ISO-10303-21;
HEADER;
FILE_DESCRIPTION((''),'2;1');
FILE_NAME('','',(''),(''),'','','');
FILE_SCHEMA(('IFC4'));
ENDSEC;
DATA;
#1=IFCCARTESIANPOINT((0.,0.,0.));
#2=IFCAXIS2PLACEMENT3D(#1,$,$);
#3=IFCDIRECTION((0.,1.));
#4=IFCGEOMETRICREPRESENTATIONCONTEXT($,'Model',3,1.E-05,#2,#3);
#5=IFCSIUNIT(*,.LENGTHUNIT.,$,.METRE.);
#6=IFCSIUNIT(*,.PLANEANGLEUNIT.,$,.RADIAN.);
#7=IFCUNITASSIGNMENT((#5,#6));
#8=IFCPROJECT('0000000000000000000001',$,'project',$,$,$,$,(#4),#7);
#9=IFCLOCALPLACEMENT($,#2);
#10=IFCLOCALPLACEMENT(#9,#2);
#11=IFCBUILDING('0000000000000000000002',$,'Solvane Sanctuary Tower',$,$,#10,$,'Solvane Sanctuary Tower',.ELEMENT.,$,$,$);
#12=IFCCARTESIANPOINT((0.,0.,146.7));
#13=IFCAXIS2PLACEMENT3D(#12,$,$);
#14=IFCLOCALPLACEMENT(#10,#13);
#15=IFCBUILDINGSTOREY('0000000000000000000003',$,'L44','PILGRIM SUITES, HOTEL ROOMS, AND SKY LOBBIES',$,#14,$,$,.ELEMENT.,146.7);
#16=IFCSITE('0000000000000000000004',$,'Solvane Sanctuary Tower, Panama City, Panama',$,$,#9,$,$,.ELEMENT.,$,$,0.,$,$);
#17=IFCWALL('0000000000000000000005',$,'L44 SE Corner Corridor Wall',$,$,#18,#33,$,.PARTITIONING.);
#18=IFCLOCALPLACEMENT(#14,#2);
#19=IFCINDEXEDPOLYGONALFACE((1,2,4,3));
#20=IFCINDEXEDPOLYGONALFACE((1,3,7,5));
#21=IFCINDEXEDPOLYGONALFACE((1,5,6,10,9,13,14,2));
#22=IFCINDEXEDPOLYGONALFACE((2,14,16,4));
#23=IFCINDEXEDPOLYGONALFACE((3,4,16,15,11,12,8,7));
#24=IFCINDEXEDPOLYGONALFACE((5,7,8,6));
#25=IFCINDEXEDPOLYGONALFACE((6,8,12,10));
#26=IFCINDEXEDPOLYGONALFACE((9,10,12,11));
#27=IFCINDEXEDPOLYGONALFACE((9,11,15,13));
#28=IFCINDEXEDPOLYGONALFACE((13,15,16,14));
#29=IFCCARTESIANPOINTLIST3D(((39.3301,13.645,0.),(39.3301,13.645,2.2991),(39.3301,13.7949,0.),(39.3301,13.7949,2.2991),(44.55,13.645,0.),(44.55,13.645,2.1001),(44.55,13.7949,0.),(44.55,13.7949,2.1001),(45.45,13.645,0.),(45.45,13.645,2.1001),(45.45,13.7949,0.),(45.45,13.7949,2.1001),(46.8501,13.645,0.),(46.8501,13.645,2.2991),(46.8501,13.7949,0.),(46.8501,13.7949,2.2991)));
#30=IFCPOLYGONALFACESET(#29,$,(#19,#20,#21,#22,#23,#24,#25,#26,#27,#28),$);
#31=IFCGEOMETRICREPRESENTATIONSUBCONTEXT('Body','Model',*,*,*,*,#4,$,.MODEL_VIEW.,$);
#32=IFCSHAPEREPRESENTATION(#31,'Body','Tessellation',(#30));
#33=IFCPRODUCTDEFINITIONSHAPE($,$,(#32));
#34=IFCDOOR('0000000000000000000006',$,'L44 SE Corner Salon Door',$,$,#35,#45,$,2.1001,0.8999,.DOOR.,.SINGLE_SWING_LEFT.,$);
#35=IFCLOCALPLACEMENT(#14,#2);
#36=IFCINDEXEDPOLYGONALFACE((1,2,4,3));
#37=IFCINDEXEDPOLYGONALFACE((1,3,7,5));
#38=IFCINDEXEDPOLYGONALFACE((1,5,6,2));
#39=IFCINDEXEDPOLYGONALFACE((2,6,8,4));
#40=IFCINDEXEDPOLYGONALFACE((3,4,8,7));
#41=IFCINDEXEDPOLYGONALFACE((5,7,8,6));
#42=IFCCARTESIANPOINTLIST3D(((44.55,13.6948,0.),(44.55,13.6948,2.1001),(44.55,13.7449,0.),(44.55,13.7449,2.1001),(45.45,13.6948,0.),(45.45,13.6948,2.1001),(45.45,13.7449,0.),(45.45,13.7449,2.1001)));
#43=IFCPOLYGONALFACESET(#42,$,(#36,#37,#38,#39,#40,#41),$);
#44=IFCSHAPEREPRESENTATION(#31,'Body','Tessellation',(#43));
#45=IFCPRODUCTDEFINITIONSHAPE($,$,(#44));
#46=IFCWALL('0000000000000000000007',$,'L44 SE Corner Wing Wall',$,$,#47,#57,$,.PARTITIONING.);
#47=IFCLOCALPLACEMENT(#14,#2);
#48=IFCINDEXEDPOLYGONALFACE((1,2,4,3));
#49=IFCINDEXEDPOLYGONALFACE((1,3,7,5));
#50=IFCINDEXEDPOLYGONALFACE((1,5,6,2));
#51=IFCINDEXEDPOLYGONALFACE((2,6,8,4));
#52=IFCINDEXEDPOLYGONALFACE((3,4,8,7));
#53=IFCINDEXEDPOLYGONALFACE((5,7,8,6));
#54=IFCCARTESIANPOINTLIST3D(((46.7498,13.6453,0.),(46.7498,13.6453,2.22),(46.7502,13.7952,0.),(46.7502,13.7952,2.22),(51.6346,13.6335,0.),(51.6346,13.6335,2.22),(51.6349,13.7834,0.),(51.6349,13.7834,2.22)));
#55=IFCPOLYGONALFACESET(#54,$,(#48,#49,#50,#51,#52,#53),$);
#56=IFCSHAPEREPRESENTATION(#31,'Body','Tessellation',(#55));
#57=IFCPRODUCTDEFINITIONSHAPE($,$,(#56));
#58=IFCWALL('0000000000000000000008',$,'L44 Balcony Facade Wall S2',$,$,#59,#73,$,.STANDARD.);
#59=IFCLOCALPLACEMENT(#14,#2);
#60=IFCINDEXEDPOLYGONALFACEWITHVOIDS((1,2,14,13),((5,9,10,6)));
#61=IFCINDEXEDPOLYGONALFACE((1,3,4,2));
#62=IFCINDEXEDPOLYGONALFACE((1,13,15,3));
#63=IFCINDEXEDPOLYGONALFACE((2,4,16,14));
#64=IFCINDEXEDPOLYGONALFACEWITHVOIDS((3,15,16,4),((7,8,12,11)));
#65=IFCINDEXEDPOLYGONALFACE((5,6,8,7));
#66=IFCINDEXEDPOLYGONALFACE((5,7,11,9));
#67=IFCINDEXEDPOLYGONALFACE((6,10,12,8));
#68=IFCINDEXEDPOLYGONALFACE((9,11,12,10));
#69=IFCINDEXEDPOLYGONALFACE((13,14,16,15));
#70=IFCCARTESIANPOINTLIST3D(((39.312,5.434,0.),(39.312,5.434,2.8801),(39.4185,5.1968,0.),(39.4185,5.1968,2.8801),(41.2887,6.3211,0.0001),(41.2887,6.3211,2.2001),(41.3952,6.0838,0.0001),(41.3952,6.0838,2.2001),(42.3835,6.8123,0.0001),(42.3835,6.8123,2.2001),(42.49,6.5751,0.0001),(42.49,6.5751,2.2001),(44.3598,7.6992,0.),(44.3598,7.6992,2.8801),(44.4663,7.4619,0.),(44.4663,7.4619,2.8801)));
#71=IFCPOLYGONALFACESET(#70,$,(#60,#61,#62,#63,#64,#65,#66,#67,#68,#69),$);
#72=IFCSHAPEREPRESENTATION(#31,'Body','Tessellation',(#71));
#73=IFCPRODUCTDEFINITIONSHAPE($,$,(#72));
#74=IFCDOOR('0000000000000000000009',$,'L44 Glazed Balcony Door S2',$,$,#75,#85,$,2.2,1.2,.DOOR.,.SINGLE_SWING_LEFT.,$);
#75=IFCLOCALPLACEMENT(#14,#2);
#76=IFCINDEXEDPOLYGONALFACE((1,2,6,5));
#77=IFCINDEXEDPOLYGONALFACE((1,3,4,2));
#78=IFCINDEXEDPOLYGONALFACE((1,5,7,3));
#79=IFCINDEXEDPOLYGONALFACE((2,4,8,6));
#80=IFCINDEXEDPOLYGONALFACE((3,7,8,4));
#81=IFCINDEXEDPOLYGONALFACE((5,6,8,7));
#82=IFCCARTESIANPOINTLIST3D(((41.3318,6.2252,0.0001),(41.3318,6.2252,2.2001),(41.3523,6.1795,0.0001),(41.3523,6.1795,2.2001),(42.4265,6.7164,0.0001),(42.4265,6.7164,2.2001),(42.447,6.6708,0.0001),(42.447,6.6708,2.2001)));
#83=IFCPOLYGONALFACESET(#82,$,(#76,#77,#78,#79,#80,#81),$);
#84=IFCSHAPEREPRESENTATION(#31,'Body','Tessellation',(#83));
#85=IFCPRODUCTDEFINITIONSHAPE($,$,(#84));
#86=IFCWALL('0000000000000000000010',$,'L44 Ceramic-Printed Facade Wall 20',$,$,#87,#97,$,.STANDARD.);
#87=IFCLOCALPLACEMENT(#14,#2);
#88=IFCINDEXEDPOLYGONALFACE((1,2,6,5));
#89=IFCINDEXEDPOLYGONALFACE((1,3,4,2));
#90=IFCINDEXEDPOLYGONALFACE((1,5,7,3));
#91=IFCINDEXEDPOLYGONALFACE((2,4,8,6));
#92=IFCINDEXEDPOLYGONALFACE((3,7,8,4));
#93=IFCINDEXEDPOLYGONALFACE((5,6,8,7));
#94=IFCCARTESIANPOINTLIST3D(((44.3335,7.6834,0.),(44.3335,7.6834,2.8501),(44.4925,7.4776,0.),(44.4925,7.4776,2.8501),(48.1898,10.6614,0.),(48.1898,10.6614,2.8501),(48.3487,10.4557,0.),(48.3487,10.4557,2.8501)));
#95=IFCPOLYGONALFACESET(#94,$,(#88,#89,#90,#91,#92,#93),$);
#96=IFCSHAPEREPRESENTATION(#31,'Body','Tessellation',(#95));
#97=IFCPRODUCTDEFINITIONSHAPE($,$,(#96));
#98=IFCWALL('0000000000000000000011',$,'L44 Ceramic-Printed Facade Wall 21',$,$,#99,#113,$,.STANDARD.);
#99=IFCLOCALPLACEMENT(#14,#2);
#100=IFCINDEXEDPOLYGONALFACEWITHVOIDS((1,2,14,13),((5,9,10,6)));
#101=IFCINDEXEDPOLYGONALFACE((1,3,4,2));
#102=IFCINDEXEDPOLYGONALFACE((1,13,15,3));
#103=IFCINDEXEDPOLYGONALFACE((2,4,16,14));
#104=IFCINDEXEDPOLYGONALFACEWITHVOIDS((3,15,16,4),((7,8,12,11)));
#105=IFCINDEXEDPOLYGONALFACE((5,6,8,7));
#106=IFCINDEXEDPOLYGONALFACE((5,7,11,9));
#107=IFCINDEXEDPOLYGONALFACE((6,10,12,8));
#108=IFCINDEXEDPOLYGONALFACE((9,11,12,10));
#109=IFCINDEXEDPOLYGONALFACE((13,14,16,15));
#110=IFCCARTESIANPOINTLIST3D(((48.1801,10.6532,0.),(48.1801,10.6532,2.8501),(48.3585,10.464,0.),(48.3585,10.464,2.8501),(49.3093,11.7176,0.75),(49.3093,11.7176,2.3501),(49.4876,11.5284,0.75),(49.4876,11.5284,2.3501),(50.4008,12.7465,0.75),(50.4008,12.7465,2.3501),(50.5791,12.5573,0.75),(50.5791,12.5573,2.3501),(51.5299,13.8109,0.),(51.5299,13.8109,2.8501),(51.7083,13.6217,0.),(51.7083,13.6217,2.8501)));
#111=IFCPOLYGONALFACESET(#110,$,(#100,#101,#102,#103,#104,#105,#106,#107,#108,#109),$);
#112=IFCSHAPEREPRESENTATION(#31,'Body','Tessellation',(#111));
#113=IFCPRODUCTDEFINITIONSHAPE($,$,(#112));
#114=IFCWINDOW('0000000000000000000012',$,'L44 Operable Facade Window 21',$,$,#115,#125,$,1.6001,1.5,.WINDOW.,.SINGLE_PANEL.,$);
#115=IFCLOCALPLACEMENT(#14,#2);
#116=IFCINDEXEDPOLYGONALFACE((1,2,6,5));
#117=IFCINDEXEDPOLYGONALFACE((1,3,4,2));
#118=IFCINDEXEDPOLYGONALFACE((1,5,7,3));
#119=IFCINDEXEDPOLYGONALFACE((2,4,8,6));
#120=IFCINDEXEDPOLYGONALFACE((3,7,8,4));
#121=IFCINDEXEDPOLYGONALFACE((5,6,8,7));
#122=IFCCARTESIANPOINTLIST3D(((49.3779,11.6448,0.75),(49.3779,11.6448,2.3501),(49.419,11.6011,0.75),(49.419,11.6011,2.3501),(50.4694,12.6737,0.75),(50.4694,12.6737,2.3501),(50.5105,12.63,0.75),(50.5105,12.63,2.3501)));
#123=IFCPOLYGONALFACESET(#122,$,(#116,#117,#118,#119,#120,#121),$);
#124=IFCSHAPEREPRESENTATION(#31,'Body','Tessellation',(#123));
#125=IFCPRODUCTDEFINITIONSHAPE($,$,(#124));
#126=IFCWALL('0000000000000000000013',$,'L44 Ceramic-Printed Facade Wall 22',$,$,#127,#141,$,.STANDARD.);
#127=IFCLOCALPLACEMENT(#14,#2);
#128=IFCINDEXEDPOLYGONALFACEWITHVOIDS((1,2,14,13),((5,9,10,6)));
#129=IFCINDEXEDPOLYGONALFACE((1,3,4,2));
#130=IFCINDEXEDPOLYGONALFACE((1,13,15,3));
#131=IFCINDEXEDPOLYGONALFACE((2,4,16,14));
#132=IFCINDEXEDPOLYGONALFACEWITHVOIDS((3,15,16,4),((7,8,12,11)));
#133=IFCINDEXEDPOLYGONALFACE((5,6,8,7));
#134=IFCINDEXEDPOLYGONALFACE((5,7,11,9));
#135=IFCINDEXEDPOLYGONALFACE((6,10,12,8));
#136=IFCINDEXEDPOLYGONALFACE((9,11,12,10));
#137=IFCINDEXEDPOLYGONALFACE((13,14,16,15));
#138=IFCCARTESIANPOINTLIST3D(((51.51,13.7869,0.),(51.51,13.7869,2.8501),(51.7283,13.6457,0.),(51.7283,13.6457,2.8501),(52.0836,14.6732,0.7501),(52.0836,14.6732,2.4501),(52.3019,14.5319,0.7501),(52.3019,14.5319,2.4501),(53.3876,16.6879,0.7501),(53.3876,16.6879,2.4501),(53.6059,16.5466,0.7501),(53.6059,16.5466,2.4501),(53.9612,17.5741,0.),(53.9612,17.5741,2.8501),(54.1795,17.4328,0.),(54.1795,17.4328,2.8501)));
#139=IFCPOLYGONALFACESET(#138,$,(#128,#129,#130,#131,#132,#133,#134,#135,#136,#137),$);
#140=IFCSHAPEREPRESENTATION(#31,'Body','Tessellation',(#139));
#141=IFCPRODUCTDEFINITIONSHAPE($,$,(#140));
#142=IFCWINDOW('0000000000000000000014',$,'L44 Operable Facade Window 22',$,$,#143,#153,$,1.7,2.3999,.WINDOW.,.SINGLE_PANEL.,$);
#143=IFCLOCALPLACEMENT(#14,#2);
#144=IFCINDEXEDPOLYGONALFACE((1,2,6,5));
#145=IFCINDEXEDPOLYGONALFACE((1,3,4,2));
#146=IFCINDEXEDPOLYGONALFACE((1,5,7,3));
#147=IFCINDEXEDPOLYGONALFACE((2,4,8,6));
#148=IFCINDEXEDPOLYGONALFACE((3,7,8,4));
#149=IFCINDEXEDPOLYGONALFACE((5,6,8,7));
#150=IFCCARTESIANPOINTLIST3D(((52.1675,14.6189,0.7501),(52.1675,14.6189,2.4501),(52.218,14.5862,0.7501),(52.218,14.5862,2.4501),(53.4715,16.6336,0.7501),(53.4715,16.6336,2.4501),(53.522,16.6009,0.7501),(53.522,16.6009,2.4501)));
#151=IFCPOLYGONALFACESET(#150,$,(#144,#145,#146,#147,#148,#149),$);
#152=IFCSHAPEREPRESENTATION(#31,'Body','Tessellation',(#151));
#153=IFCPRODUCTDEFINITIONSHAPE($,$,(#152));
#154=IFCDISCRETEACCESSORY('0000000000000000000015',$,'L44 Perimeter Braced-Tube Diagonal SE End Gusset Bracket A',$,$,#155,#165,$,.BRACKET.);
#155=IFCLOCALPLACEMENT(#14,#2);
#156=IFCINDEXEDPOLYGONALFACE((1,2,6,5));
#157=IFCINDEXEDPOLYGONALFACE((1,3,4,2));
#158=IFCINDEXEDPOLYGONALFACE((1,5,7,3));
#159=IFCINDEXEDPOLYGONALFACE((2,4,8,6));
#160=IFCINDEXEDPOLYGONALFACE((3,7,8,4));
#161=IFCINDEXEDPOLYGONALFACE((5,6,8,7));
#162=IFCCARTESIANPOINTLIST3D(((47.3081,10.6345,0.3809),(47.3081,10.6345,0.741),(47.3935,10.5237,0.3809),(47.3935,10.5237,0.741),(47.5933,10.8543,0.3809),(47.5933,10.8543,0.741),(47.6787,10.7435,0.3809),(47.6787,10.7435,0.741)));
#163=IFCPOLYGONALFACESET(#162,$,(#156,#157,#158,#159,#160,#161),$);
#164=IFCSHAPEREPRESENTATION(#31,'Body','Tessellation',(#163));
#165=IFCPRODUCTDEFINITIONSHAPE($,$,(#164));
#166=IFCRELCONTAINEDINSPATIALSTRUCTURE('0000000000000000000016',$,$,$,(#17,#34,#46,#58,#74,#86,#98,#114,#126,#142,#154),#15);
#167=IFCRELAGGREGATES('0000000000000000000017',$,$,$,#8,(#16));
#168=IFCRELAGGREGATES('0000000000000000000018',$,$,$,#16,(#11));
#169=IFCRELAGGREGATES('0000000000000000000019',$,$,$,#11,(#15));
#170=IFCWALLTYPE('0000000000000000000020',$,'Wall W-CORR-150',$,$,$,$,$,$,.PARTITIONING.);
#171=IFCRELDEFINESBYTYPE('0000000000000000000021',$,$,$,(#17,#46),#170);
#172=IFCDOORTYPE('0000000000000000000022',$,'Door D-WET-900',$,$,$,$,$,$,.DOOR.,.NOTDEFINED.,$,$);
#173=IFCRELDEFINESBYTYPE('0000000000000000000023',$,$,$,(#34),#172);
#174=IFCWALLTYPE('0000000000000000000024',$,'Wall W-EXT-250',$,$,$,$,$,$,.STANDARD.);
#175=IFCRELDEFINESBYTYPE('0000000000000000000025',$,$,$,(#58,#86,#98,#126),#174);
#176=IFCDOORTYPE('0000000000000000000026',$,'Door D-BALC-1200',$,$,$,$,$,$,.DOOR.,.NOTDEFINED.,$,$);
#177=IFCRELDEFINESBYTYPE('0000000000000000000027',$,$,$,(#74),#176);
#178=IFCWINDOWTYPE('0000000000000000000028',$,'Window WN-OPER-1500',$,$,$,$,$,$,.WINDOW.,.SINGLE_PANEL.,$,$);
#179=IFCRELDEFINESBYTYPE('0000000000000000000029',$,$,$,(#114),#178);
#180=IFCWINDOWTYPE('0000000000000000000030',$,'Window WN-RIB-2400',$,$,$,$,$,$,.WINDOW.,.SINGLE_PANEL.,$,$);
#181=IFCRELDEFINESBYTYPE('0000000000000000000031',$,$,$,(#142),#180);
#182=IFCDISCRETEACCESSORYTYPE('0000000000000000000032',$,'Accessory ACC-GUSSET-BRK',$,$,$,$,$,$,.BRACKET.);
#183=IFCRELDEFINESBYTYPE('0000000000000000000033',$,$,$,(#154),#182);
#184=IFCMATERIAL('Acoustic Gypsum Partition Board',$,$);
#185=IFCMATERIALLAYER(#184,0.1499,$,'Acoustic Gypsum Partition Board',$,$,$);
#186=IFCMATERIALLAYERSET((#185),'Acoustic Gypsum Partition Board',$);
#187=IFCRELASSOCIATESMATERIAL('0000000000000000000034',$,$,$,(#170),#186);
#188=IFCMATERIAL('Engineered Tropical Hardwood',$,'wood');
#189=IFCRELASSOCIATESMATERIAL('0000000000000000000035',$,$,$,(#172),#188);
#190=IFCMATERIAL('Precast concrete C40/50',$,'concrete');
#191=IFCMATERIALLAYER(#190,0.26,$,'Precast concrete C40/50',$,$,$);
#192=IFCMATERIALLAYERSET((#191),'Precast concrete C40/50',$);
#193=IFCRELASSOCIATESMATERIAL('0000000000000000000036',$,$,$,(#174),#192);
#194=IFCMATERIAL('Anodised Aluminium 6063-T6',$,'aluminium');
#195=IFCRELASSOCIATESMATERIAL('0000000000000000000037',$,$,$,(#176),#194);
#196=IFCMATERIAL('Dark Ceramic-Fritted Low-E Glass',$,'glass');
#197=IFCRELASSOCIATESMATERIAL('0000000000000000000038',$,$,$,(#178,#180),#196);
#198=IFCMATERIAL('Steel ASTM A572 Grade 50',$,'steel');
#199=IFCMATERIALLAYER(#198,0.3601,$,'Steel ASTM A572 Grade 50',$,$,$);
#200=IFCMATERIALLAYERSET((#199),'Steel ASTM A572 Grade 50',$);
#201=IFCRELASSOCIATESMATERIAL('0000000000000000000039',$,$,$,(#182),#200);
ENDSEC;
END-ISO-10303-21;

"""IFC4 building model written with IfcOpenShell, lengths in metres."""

from ifc_helpers import new_model, si_unit, direction, frame, frame_2d, origin, origin_2d, place, context, subcontext, project, spatial, rectangle, extrude, material, layer, layer_set, type_object, element, fill, save


model = new_model("IFC4")

# Units and contexts
model_context = context("Model", 3, precision=1e-05, world=origin(), true_north=direction((0.0, 1.0)))
body_context = subcontext(model_context, "Body", "Model", "MODEL_VIEW")
ifc_project = project(units=[si_unit("LENGTHUNIT", "METRE"), si_unit("PLANEANGLEUNIT", "RADIAN")], contexts=[model_context])

# Site, building, storey
site_placement = place(None, origin())
site = spatial("IfcSite", under=ifc_project, at=site_placement, Name="Solvane Sanctuary Tower, Panama City, Panama", CompositionType="ELEMENT", RefElevation=0.0)
building_placement = place(site_placement, origin())
building = spatial("IfcBuilding", under=site, at=building_placement, Name="Solvane Sanctuary Tower", LongName="Solvane Sanctuary Tower", CompositionType="ELEMENT")
storey_placement = place(building_placement, frame((0.0, 0.0, 146.7)))
storey = spatial("IfcBuildingStorey", under=building, at=storey_placement, Name="L44", Description="PILGRIM SUITES, HOTEL ROOMS, AND SKY LOBBIES", CompositionType="ELEMENT", Elevation=146.7)

# Wall, opening, door
ifc_material_1 = material(Name="Acoustic Gypsum Partition Board")
ifc_layer_1 = layer(ifc_material_1, 0.1499, Name="Acoustic Gypsum Partition Board")
ifc_layer_set_1 = layer_set([ifc_layer_1], Name="Acoustic Gypsum Partition Board")
wall_type_1 = type_object("IfcWallType", Name="Wall W-CORR-150", PredefinedType="PARTITIONING", material=ifc_layer_set_1)
wall_1_placement = place(storey_placement, frame((39.3301, 13.72, 0.0), z_axis=(0.0, 0.0, 1.0), x_axis=(1.0, 0.0, 0.0)))
wall_1 = element("IfcWall", 1, at=wall_1_placement, inside=storey, type_object=wall_type_1, Name="L44 SE Corner Corridor Wall", PredefinedType="PARTITIONING", context=body_context, shape_type="SweptSolid", body=[
    extrude(rectangle(XDim=7.52, YDim=0.1499, at=frame_2d((3.76, 0.0))), origin(), (0.0, 0.0, 1.0), 2.2991),
])
opening_1_placement = place(wall_1_placement, frame((5.22, 0.0, 0.0)))
opening_1 = element("IfcOpeningElement", 2, at=opening_1_placement, cuts=wall_1, PredefinedType="OPENING", context=body_context, shape_type="SweptSolid", body=[
    extrude(rectangle(XDim=0.8999, YDim=2.1001, at=frame_2d((0.45, 1.05))), frame((0.0, 0.085, 0.0), z_axis=(0.0, -1.0, 0.0), x_axis=(1.0, 0.0, 0.0)), (0.0, 0.0, 1.0), 0.1699),
])
ifc_material_2 = material(Name="Engineered Tropical Hardwood", Category="wood")
door_type_1 = type_object("IfcDoorType", Name="Door D-WET-900", OperationType="NOTDEFINED", PredefinedType="DOOR", material=ifc_material_2)
door_1_placement = place(opening_1_placement, origin())
door_1 = element("IfcDoor", 3, at=door_1_placement, inside=storey, type_object=door_type_1, Name="L44 SE Corner Salon Door", OperationType="SINGLE_SWING_LEFT", OverallHeight=2.1001, OverallWidth=0.8999, PredefinedType="DOOR", context=body_context, shape_type="SweptSolid", body=[
    extrude(rectangle(XDim=0.8999, YDim=2.1001, at=frame_2d((0.45, 1.05))), frame((0.0, 0.0249, 0.0), z_axis=(0.0, -1.0, 0.0), x_axis=(1.0, 0.0, 0.0)), (0.0, 0.0, 1.0), 0.05),
])
fill(opening_1, door_1)

# Wall
wall_2_placement = place(storey_placement, frame((46.75, 13.7202, 0.0), z_axis=(0.0, 0.0, 1.0), x_axis=(0.999997, -0.002399, 0.0)))
element("IfcWall", 4, at=wall_2_placement, inside=storey, type_object=wall_type_1, Name="L44 SE Corner Wing Wall", PredefinedType="PARTITIONING", context=body_context, shape_type="SweptSolid", body=[
    extrude(rectangle(XDim=4.8848, YDim=0.1499, at=frame_2d((2.4424, 0.0))), origin(), (0.0, 0.0, 1.0), 2.22),
])

# Wall, opening, door
ifc_material_3 = material(Name="Precast concrete C40/50", Category="concrete")
ifc_layer_2 = layer(ifc_material_3, 0.26, Name="Precast concrete C40/50")
ifc_layer_set_2 = layer_set([ifc_layer_2], Name="Precast concrete C40/50")
wall_type_2 = type_object("IfcWallType", Name="Wall W-EXT-250", PredefinedType="STANDARD", material=ifc_layer_set_2)
wall_3_placement = place(storey_placement, frame((39.3652, 5.3154, 0.0), z_axis=(0.0, 0.0, 1.0), x_axis=(0.912354, 0.409403, 0.0)))
wall_3 = element("IfcWall", 5, at=wall_3_placement, inside=storey, type_object=wall_type_2, Name="L44 Balcony Facade Wall S2", PredefinedType="STANDARD", context=body_context, shape_type="SweptSolid", body=[
    extrude(rectangle(XDim=5.5327, YDim=0.26, at=frame_2d((2.7664, 0.0))), origin(), (0.0, 0.0, 1.0), 2.8801),
])
opening_2_placement = place(wall_3_placement, frame((2.1665, 0.0, 0.0)))
opening_2 = element("IfcOpeningElement", 6, at=opening_2_placement, cuts=wall_3, PredefinedType="OPENING", context=body_context, shape_type="SweptSolid", body=[
    extrude(rectangle(XDim=1.2, YDim=2.2, at=frame_2d((0.6001, 1.1001))), frame((0.0, 0.1399, 0.0), z_axis=(0.0, -1.0, 0.0), x_axis=(1.0, 0.0, 0.0)), (0.0, 0.0, 1.0), 0.28),
])
ifc_material_4 = material(Name="Anodised Aluminium 6063-T6", Category="aluminium")
door_type_2 = type_object("IfcDoorType", Name="Door D-BALC-1200", OperationType="NOTDEFINED", PredefinedType="DOOR", material=ifc_material_4)
door_2_placement = place(opening_2_placement, origin())
door_2 = element("IfcDoor", 7, at=door_2_placement, inside=storey, type_object=door_type_2, Name="L44 Glazed Balcony Door S2", OperationType="SINGLE_SWING_LEFT", OverallHeight=2.2, OverallWidth=1.2, PredefinedType="DOOR", context=body_context, shape_type="SweptSolid", body=[
    extrude(rectangle(XDim=1.2, YDim=2.2, at=frame_2d((0.6001, 1.1001))), frame((0.0, 0.0249, 0.0), z_axis=(0.0, -1.0, 0.0), x_axis=(1.0, 0.0, 0.0)), (0.0, 0.0, 1.0), 0.05),
])
fill(opening_2, door_2)

# Wall
wall_4_placement = place(storey_placement, frame((44.4131, 7.5806, 0.0), z_axis=(0.0, 0.0, 1.0), x_axis=(0.79146, 0.611221, 0.0)))
element("IfcWall", 8, at=wall_4_placement, inside=storey, type_object=wall_type_2, Name="L44 Ceramic-Printed Facade Wall 20", PredefinedType="STANDARD", context=body_context, shape_type="SweptSolid", body=[
    extrude(rectangle(XDim=4.8723, YDim=0.26, at=frame_2d((2.436, 0.0))), origin(), (0.0, 0.0, 1.0), 2.8501),
])

# Walls, openings, windows
wall_5_placement = place(storey_placement, frame((48.2693, 10.5586, 0.0), z_axis=(0.0, 0.0, 1.0), x_axis=(0.727667, 0.68593, 0.0)))
wall_5 = element("IfcWall", 9, at=wall_5_placement, inside=storey, type_object=wall_type_2, Name="L44 Ceramic-Printed Facade Wall 21", PredefinedType="STANDARD", context=body_context, shape_type="SweptSolid", body=[
    extrude(rectangle(XDim=4.6035, YDim=0.26, at=frame_2d((2.3018, 0.0))), origin(), (0.0, 0.0, 1.0), 2.8501),
])
opening_3_placement = place(wall_5_placement, frame((1.5518, 0.0, 0.75)))
opening_3 = element("IfcOpeningElement", 10, at=opening_3_placement, cuts=wall_5, PredefinedType="OPENING", context=body_context, shape_type="SweptSolid", body=[
    extrude(rectangle(XDim=1.5, YDim=1.6001, at=frame_2d((0.75, 0.8))), frame((0.0, 0.1399, 0.0), z_axis=(0.0, -1.0, 0.0), x_axis=(1.0, 0.0, 0.0)), (0.0, 0.0, 1.0), 0.28),
])
ifc_material_5 = material(Name="Dark Ceramic-Fritted Low-E Glass", Category="glass")
window_type_1 = type_object("IfcWindowType", Name="Window WN-OPER-1500", PartitioningType="SINGLE_PANEL", PredefinedType="WINDOW", material=ifc_material_5)
window_1_placement = place(opening_3_placement, origin())
window_1 = element("IfcWindow", 11, at=window_1_placement, inside=storey, type_object=window_type_1, Name="L44 Operable Facade Window 21", OverallHeight=1.6001, OverallWidth=1.5, PartitioningType="SINGLE_PANEL", PredefinedType="WINDOW", context=body_context, shape_type="SweptSolid", body=[
    extrude(rectangle(XDim=1.5, YDim=1.6001, at=frame_2d((0.75, 0.8))), frame((0.0, 0.03, 0.0), z_axis=(0.0, -1.0, 0.0), x_axis=(1.0, 0.0, 0.0)), (0.0, 0.0, 1.0), 0.0601),
])
fill(opening_3, window_1)
wall_6_placement = place(storey_placement, frame((51.6191, 13.7163, 0.0), z_axis=(0.0, 0.0, 1.0), x_axis=(0.543359, 0.8395, 0.0)))
wall_6 = element("IfcWall", 12, at=wall_6_placement, inside=storey, type_object=wall_type_2, Name="L44 Ceramic-Printed Facade Wall 22", PredefinedType="STANDARD", context=body_context, shape_type="SweptSolid", body=[
    extrude(rectangle(XDim=4.5112, YDim=0.26, at=frame_2d((2.2556, 0.0))), origin(), (0.0, 0.0, 1.0), 2.8501),
])
opening_4_placement = place(wall_6_placement, frame((1.0557, 0.0, 0.75)))
opening_4 = element("IfcOpeningElement", 13, at=opening_4_placement, cuts=wall_6, PredefinedType="OPENING", context=body_context, shape_type="SweptSolid", body=[
    extrude(rectangle(XDim=2.3999, YDim=1.7, at=frame_2d((1.2, 0.8501))), frame((0.0, 0.1399, 0.0), z_axis=(0.0, -1.0, 0.0), x_axis=(1.0, 0.0, 0.0)), (0.0, 0.0, 1.0), 0.28),
])
window_type_2 = type_object("IfcWindowType", Name="Window WN-RIB-2400", PartitioningType="SINGLE_PANEL", PredefinedType="WINDOW", material=ifc_material_5)
window_2_placement = place(opening_4_placement, origin())
window_2 = element("IfcWindow", 14, at=window_2_placement, inside=storey, type_object=window_type_2, Name="L44 Operable Facade Window 22", OverallHeight=1.7, OverallWidth=2.3999, PartitioningType="SINGLE_PANEL", PredefinedType="WINDOW", context=body_context, shape_type="SweptSolid", body=[
    extrude(rectangle(XDim=2.3999, YDim=1.7, at=frame_2d((1.2, 0.8501))), frame((0.0, 0.03, 0.0), z_axis=(0.0, -1.0, 0.0), x_axis=(1.0, 0.0, 0.0)), (0.0, 0.0, 1.0), 0.0601),
])
fill(opening_4, window_2)

# Discrete accessory
ifc_material_6 = material(Name="Steel ASTM A572 Grade 50", Category="steel")
ifc_layer_3 = layer(ifc_material_6, 0.3601, Name="Steel ASTM A572 Grade 50")
ifc_layer_set_3 = layer_set([ifc_layer_3], Name="Steel ASTM A572 Grade 50")
discrete_accessory_type = type_object("IfcDiscreteAccessoryType", Name="Accessory ACC-GUSSET-BRK", PredefinedType="BRACKET", material=ifc_layer_set_3)
for number, where, z_axis, x_axis, name in (
    (15, (47.4934, 10.689, 0.3809), (0.0, 0.0, 1.0), (-0.792077, -0.610422, 0.0), "L44 Perimeter Braced-Tube Diagonal SE End Gusset Bracket A"),
):
    element("IfcDiscreteAccessory", number, at=place(storey_placement, frame(where, z_axis=z_axis, x_axis=x_axis)), inside=storey, type_object=discrete_accessory_type, Name=name, PredefinedType="BRACKET", context=body_context, shape_type="SweptSolid", body=[
        extrude(rectangle(XDim=0.3601, YDim=0.1399, at=origin_2d()), origin(), (0.0, 0.0, 1.0), 0.3601),
    ])

save(model, "model.ifc")
